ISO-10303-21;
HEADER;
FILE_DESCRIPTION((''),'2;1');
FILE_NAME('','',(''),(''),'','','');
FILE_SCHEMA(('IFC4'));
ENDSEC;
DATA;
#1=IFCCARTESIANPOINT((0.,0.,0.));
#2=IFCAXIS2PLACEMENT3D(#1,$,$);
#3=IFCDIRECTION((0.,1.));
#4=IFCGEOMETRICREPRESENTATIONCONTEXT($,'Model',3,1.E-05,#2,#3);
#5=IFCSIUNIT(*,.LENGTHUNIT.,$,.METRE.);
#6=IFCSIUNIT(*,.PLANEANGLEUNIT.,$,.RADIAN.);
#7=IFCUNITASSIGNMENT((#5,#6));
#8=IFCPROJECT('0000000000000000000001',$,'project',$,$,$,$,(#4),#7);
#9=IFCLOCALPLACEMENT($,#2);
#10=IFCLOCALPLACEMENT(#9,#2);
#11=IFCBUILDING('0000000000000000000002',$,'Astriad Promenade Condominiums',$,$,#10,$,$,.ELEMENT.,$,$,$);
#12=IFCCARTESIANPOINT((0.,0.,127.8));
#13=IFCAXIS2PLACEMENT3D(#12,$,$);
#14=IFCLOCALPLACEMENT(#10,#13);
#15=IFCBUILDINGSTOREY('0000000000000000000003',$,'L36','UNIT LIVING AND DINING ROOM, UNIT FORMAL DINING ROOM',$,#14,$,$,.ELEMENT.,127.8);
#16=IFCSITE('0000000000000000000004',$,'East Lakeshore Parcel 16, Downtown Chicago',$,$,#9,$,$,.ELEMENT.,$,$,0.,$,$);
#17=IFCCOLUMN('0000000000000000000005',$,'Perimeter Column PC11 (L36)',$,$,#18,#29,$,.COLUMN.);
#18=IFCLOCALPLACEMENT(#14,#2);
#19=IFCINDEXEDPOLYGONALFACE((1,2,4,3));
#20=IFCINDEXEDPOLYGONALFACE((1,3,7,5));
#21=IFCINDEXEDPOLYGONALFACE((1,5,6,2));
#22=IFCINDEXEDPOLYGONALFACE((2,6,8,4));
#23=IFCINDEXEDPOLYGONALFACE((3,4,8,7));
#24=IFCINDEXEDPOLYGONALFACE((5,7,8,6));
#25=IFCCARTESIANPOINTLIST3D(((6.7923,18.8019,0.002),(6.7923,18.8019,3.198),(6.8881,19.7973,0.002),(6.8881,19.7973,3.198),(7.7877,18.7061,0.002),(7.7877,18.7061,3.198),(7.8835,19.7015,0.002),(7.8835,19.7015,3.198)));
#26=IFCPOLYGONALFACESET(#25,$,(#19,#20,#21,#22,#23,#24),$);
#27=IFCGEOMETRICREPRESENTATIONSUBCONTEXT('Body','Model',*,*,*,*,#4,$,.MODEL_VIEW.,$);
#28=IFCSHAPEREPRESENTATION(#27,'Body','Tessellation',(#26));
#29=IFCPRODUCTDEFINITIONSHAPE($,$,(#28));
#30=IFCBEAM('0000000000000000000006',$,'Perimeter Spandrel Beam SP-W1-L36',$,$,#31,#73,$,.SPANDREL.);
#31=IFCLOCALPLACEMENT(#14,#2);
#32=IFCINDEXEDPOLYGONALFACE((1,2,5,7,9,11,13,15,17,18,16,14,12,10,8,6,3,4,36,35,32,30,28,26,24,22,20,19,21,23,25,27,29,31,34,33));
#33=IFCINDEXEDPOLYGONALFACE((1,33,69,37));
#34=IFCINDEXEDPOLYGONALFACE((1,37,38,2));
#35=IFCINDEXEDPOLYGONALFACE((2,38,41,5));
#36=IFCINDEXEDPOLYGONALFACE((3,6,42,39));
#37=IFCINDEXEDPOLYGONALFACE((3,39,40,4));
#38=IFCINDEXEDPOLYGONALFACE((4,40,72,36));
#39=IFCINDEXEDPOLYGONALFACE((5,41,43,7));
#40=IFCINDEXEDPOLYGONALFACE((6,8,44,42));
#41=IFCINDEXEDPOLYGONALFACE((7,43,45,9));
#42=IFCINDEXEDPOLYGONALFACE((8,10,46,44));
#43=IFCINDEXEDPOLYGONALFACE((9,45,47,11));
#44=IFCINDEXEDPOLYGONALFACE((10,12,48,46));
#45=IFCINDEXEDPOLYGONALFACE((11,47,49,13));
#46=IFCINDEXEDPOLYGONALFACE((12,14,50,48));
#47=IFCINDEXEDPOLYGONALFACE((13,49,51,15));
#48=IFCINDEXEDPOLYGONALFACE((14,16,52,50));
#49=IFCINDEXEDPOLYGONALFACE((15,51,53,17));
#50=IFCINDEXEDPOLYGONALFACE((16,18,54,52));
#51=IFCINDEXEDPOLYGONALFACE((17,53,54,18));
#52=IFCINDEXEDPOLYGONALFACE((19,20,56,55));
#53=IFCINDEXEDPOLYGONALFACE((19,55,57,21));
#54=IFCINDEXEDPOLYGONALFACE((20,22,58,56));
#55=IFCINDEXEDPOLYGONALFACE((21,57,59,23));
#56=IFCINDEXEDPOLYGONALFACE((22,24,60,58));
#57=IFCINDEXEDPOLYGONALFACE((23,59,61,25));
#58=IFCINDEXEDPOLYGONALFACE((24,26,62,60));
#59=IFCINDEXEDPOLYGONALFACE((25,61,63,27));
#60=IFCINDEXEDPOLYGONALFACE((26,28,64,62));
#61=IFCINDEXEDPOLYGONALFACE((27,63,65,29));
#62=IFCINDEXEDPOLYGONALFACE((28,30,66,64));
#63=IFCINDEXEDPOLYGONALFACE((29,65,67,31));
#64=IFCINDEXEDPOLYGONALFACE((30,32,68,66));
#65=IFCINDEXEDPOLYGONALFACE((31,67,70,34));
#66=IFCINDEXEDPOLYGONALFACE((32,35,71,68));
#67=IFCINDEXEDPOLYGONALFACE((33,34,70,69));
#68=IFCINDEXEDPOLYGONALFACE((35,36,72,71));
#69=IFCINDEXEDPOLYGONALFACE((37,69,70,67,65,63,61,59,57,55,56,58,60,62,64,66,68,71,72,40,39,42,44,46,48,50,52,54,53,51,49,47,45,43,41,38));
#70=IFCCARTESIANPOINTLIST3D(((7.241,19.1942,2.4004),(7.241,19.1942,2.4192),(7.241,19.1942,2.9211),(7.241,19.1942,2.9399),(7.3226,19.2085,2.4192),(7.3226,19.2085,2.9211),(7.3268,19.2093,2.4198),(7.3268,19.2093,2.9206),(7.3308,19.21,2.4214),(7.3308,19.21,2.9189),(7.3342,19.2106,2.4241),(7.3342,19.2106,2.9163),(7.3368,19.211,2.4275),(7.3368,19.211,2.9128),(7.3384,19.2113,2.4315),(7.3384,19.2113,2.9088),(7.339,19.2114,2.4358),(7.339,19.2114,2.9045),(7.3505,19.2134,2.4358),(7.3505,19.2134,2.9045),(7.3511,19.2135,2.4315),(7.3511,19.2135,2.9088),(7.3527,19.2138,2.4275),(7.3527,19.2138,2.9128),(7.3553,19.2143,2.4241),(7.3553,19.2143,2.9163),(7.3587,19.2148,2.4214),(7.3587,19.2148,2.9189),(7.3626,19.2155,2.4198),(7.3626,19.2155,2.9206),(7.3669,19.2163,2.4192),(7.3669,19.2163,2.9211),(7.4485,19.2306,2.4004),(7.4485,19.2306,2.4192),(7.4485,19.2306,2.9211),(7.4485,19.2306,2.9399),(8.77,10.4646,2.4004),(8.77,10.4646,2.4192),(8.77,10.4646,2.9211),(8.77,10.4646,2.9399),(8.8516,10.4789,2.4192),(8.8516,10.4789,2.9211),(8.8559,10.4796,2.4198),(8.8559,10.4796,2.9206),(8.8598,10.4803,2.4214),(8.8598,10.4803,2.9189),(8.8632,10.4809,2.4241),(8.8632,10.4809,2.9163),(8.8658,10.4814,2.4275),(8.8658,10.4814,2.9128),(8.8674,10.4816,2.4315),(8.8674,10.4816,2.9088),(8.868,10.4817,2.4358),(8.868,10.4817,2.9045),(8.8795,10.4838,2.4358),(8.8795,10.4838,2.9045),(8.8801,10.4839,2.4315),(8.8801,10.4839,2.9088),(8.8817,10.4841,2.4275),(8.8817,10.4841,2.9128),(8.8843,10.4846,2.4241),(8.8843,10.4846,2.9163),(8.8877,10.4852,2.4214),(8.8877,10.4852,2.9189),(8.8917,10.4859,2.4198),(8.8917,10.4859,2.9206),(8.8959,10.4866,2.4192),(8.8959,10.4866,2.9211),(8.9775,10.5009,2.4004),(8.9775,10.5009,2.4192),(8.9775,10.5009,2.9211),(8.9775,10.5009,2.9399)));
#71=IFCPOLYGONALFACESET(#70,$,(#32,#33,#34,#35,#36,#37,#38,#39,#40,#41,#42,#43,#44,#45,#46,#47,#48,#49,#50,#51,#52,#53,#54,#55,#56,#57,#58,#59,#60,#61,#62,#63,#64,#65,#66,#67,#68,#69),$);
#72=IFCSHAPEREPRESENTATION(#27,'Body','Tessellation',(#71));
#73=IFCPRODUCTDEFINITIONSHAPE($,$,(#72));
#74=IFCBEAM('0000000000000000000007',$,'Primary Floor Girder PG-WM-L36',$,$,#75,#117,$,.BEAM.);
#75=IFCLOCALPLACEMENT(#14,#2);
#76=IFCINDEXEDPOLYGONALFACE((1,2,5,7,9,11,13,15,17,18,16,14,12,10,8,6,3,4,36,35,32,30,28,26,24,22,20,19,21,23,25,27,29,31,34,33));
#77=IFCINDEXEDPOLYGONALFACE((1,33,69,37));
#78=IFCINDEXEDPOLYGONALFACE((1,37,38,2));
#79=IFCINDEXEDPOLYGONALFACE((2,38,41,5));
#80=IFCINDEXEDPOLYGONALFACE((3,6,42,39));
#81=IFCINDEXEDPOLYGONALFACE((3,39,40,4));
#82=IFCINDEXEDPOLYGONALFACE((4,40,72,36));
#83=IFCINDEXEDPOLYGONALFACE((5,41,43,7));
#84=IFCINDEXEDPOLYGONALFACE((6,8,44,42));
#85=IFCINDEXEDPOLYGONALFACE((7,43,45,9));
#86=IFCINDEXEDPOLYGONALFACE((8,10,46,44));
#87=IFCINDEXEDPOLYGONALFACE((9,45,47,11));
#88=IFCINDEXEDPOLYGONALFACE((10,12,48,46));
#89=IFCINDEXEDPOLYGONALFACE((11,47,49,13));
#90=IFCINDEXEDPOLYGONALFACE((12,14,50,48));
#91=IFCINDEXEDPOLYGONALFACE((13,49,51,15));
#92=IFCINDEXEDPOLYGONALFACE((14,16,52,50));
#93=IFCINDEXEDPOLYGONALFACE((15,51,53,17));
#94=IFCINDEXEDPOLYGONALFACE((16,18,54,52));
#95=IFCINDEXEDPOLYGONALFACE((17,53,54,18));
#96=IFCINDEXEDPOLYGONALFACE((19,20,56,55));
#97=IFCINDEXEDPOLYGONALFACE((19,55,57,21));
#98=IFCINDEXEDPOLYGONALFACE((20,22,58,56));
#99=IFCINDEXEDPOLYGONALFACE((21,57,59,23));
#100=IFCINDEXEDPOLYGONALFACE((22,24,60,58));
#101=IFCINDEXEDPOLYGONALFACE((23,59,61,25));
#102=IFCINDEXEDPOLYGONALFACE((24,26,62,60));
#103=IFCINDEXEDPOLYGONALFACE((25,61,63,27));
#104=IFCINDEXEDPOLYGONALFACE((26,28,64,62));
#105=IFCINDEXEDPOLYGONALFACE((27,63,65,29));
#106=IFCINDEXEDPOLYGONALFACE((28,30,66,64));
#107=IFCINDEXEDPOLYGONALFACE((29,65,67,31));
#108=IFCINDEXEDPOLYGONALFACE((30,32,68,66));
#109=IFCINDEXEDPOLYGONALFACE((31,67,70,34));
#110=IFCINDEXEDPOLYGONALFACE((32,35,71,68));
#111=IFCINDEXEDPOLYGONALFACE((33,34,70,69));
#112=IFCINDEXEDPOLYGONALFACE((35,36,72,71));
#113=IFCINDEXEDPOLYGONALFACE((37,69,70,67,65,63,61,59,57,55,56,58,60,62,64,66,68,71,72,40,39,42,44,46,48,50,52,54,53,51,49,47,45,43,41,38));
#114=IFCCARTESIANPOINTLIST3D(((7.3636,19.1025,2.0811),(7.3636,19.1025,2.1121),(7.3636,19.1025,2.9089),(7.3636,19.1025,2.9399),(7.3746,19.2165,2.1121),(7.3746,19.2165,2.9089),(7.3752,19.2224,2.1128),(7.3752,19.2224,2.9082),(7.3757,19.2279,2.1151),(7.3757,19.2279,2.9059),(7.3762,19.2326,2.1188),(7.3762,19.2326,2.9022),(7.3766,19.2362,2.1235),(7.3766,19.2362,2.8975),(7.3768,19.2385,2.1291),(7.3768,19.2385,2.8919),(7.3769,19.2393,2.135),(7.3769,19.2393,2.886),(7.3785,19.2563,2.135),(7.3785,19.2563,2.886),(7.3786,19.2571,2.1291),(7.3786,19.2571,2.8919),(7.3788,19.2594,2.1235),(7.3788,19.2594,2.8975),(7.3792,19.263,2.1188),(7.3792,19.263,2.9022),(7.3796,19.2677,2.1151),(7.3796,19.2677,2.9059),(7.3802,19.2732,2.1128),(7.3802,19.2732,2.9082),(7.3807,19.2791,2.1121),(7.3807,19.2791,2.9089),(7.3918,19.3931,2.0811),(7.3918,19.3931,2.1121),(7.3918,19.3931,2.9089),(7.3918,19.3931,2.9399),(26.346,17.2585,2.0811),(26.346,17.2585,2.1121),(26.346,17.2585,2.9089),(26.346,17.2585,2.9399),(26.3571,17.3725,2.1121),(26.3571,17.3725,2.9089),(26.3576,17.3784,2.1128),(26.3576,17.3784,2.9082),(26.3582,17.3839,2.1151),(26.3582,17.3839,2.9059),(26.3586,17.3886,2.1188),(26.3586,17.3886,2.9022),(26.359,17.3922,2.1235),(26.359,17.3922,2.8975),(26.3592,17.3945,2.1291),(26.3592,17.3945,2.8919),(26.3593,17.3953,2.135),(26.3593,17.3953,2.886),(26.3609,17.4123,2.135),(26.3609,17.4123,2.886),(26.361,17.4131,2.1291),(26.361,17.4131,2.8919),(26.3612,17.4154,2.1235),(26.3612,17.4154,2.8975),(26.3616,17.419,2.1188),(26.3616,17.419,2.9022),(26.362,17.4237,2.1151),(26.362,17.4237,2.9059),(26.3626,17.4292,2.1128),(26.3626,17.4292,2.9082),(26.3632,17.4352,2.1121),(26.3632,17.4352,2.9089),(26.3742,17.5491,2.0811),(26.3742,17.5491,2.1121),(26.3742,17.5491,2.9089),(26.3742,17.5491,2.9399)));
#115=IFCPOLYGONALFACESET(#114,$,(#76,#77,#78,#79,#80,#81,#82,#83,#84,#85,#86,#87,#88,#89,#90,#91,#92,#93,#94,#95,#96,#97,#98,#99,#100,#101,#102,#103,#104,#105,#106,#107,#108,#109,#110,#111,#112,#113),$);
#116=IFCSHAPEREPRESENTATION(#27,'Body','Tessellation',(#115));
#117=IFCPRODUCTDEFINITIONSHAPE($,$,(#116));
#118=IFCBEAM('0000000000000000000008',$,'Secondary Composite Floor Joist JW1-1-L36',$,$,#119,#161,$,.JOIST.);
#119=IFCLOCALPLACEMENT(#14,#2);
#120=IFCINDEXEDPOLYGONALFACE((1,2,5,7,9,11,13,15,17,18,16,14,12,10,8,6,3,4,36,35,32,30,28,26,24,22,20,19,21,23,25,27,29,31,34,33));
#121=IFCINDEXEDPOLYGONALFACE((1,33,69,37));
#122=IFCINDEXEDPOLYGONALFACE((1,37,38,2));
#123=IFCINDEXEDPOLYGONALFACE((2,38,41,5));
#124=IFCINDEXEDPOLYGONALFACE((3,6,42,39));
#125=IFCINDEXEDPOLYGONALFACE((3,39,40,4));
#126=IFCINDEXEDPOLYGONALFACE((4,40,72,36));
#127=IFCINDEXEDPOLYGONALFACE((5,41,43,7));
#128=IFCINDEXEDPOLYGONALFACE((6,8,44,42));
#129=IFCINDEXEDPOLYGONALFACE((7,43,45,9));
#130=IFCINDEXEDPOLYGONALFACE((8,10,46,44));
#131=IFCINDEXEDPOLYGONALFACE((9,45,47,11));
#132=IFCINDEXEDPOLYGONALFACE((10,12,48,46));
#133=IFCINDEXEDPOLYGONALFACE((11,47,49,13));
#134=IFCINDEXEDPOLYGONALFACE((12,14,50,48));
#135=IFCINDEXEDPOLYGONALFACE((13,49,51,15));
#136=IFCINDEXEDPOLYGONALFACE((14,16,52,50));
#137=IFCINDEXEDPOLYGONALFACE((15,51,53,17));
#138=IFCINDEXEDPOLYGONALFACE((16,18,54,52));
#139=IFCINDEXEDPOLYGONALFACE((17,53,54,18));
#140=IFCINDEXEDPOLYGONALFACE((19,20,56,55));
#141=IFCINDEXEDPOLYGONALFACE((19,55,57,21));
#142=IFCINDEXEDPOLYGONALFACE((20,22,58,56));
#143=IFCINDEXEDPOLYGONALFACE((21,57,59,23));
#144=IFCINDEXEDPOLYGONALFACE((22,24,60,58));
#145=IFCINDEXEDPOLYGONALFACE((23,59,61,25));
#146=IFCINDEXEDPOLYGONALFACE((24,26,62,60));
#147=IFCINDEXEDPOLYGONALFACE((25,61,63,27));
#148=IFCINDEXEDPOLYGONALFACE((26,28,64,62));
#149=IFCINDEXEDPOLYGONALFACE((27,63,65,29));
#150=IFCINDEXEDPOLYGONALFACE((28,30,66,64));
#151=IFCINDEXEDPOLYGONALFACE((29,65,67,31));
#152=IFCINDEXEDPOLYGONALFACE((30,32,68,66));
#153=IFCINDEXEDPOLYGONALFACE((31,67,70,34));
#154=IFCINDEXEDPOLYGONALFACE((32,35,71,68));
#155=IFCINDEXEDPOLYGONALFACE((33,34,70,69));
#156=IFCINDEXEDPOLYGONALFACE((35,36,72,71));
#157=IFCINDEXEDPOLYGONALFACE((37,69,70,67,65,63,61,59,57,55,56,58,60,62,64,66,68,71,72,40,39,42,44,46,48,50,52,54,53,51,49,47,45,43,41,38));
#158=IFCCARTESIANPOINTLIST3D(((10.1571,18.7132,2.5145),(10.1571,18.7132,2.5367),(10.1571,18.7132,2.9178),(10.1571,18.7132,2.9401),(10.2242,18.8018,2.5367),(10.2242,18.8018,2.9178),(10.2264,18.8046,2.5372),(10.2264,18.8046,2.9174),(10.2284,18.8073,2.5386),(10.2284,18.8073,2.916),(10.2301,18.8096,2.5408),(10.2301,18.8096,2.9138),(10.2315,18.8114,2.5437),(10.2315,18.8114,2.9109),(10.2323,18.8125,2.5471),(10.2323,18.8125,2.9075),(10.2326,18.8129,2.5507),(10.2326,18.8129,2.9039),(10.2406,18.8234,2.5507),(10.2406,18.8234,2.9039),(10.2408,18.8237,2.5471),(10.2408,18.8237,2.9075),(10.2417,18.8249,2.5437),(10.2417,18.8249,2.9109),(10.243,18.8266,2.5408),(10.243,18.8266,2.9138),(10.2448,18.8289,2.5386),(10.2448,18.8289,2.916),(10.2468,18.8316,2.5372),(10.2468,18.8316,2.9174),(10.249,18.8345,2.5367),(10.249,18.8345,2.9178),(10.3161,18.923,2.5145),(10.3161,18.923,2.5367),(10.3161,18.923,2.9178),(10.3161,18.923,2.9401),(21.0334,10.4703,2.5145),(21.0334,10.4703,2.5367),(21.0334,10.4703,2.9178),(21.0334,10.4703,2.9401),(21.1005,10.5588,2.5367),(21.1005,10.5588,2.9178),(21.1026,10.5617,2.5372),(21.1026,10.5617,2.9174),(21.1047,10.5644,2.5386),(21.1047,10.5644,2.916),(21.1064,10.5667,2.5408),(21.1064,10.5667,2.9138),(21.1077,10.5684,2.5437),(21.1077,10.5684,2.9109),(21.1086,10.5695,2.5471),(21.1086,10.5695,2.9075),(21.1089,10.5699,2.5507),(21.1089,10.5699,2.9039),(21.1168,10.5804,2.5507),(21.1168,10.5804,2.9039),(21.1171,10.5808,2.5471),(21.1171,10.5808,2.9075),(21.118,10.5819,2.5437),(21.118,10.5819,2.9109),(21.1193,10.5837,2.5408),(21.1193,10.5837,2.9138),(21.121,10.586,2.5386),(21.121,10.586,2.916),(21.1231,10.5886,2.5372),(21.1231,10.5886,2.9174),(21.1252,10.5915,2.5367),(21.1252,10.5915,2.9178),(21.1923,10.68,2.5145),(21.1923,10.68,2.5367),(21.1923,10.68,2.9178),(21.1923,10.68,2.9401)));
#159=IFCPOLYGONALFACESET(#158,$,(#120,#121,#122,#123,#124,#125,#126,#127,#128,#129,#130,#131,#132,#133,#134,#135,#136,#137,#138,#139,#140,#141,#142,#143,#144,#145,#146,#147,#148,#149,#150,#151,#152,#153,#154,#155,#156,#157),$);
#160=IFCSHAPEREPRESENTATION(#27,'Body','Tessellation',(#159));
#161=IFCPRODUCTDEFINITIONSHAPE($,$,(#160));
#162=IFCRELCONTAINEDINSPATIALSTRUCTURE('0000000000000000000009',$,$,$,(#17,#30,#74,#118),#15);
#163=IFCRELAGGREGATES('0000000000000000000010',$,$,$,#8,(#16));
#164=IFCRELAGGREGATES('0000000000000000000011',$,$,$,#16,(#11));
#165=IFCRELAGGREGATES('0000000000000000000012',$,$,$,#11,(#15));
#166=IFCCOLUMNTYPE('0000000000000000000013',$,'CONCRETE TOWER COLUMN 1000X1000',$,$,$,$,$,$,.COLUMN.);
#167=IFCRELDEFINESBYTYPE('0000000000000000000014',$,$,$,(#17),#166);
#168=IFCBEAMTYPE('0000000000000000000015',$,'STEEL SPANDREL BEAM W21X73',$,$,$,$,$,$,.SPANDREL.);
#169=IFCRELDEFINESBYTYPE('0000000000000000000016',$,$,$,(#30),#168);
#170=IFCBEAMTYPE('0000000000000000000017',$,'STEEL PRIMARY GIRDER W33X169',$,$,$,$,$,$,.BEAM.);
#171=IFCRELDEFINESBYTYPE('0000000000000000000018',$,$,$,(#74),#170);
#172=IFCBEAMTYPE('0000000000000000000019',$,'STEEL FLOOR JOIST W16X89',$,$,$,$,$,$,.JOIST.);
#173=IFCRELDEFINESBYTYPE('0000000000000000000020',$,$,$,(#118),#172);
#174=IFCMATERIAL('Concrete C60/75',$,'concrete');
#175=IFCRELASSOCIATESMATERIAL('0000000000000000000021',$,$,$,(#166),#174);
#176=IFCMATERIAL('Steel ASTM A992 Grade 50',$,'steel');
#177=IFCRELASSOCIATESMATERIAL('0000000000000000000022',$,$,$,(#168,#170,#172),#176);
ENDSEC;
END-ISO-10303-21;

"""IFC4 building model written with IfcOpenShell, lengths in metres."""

from ifc_helpers import new_model, si_unit, direction, frame, origin, origin_2d, place, context, subcontext, project, spatial, rectangle, i_section, extrude, source, transform, mapped, material, material_profile, profile_set, type_object, type_shapes, element, save


model = new_model("IFC4")

# Units and contexts
model_context = context("Model", 3, precision=1e-05, world=origin(), true_north=direction((0.0, 1.0)))
body_context = subcontext(model_context, "Body", "Model", "MODEL_VIEW")
ifc_project = project(units=[si_unit("LENGTHUNIT", "METRE"), si_unit("PLANEANGLEUNIT", "RADIAN")], contexts=[model_context])

# Site, building, storey
site_placement = place(None, origin())
site = spatial("IfcSite", under=ifc_project, at=site_placement, Name="East Lakeshore Parcel 16, Downtown Chicago", CompositionType="ELEMENT", RefElevation=0.0)
building_placement = place(site_placement, origin())
building = spatial("IfcBuilding", under=site, at=building_placement, Name="Astriad Promenade Condominiums", CompositionType="ELEMENT")
storey_placement = place(building_placement, frame((0.0, 0.0, 127.8)))
storey = spatial("IfcBuildingStorey", under=building, at=storey_placement, Name="L36", Description="UNIT LIVING AND DINING ROOM, UNIT FORMAL DINING ROOM", CompositionType="ELEMENT", Elevation=127.8)

# Column
ifc_material_1 = material(Name="Concrete C60/75", Category="concrete")
ifc_material_profile_1 = material_profile(ifc_material_1, rectangle(XDim=1.0, YDim=1.0, at=origin_2d()), Name="RC-COL-1000X1000")
ifc_profile_set_1 = profile_set([ifc_material_profile_1], Name="Concrete C60/75")
column_type = type_object("IfcColumnType", Name="CONCRETE TOWER COLUMN 1000X1000", PredefinedType="COLUMN", material=ifc_profile_set_1)
shared_shape_1 = source(origin(), body_context, "Body", "SweptSolid", [
    extrude(rectangle(XDim=1.0, YDim=1.0, at=origin_2d()), origin(), (0.0, 0.0, 1.0), 3.196),
])
type_shapes(column_type, [shared_shape_1])
column_placement = place(storey_placement, frame((7.3379, 19.2517, 0.002), z_axis=(0.0, 0.0, 1.0), x_axis=(0.995396, -0.095846, 0.0)))
element("IfcColumn", 1, at=column_placement, inside=storey, type_object=column_type, Name="Perimeter Column PC11 (L36)", PredefinedType="COLUMN", context=body_context, shape_type="MappedRepresentation", body=[
    mapped(shared_shape_1, transform((0.0, 0.0, 0.0), scale=1.0)),
])

# Beams
ifc_material_2 = material(Name="Steel ASTM A992 Grade 50", Category="steel")
ifc_material_profile_2 = material_profile(ifc_material_2, i_section(OverallWidth=0.2107, OverallDepth=0.5396, WebThickness=0.0117, FlangeThickness=0.0188, FilletRadius=0.0166, at=origin_2d()), Name="W21X73")
ifc_profile_set_2 = profile_set([ifc_material_profile_2], Name="Steel ASTM A992 Grade 50")
beam_type_1 = type_object("IfcBeamType", Name="STEEL SPANDREL BEAM W21X73", PredefinedType="SPANDREL", material=ifc_profile_set_2)
shared_shape_2 = source(origin(), body_context, "Body", "SweptSolid", [
    extrude(i_section(OverallWidth=0.2107, OverallDepth=0.5396, WebThickness=0.0117, FlangeThickness=0.0188, FilletRadius=0.0166, at=origin_2d()), origin(), (0.0, 0.0, 1.0), 8.8625),
])
type_shapes(beam_type_1, [shared_shape_2])
beam_1_placement = place(storey_placement, frame((7.3447, 19.2124, 2.6702), z_axis=(0.172528, -0.985005, 0.0), x_axis=(0.985005, 0.172528, 0.0)))
element("IfcBeam", 2, at=beam_1_placement, inside=storey, type_object=beam_type_1, Name="Perimeter Spandrel Beam SP-W1-L36", PredefinedType="SPANDREL", context=body_context, shape_type="MappedRepresentation", body=[
    mapped(shared_shape_2, transform((0.0, 0.0, 0.0), scale=1.0)),
])
ifc_material_profile_3 = material_profile(ifc_material_2, i_section(OverallWidth=0.292, OverallDepth=0.8589, WebThickness=0.0171, FlangeThickness=0.031, FilletRadius=0.0229, at=origin_2d()), Name="W33X169")
ifc_profile_set_3 = profile_set([ifc_material_profile_3], Name="Steel ASTM A992 Grade 50")
beam_type_2 = type_object("IfcBeamType", Name="STEEL PRIMARY GIRDER W33X169", PredefinedType="BEAM", material=ifc_profile_set_3)
shared_shape_3 = source(origin(), body_context, "Body", "SweptSolid", [
    extrude(i_section(OverallWidth=0.292, OverallDepth=0.8589, WebThickness=0.0171, FlangeThickness=0.031, FilletRadius=0.0229, at=origin_2d()), origin(), (0.0, 0.0, 1.0), 19.0718),
])
type_shapes(beam_type_2, [shared_shape_3])
beam_2_placement = place(storey_placement, frame((7.3777, 19.2478, 2.5105), z_axis=(0.995315, -0.096687, 0.0), x_axis=(0.096687, 0.995315, 0.0)))
element("IfcBeam", 3, at=beam_2_placement, inside=storey, type_object=beam_type_2, Name="Primary Floor Girder PG-WM-L36", PredefinedType="BEAM", context=body_context, shape_type="MappedRepresentation", body=[
    mapped(shared_shape_3, transform((0.0, 0.0, 0.0), scale=1.0)),
])
ifc_material_profile_4 = material_profile(ifc_material_2, i_section(OverallWidth=0.2632, OverallDepth=0.4255, WebThickness=0.0132, FlangeThickness=0.0222, FilletRadius=0.0139, at=origin_2d()), Name="W16X89")
ifc_profile_set_4 = profile_set([ifc_material_profile_4], Name="Steel ASTM A992 Grade 50")
beam_type_3 = type_object("IfcBeamType", Name="STEEL FLOOR JOIST W16X89", PredefinedType="JOIST", material=ifc_profile_set_4)
shared_shape_4 = source(origin(), body_context, "Body", "SweptSolid", [
    extrude(i_section(OverallWidth=0.2632, OverallDepth=0.4255, WebThickness=0.0132, FlangeThickness=0.0222, FilletRadius=0.0139, at=origin_2d()), origin(), (0.0, 0.0, 1.0), 13.647),
])
beam_3_placement = place(storey_placement, frame((10.2366, 18.8181, 2.7273), z_axis=(0.796974, -0.604014, 0.0), x_axis=(0.604014, 0.796974, 0.0)))
element("IfcBeam", 4, at=beam_3_placement, inside=storey, type_object=beam_type_3, Name="Secondary Composite Floor Joist JW1-1-L36", PredefinedType="JOIST", context=body_context, shape_type="MappedRepresentation", body=[
    mapped(shared_shape_4, transform((0.0, 0.0, 0.0), scale=1.0)),
])

save(model, "model.ifc")
